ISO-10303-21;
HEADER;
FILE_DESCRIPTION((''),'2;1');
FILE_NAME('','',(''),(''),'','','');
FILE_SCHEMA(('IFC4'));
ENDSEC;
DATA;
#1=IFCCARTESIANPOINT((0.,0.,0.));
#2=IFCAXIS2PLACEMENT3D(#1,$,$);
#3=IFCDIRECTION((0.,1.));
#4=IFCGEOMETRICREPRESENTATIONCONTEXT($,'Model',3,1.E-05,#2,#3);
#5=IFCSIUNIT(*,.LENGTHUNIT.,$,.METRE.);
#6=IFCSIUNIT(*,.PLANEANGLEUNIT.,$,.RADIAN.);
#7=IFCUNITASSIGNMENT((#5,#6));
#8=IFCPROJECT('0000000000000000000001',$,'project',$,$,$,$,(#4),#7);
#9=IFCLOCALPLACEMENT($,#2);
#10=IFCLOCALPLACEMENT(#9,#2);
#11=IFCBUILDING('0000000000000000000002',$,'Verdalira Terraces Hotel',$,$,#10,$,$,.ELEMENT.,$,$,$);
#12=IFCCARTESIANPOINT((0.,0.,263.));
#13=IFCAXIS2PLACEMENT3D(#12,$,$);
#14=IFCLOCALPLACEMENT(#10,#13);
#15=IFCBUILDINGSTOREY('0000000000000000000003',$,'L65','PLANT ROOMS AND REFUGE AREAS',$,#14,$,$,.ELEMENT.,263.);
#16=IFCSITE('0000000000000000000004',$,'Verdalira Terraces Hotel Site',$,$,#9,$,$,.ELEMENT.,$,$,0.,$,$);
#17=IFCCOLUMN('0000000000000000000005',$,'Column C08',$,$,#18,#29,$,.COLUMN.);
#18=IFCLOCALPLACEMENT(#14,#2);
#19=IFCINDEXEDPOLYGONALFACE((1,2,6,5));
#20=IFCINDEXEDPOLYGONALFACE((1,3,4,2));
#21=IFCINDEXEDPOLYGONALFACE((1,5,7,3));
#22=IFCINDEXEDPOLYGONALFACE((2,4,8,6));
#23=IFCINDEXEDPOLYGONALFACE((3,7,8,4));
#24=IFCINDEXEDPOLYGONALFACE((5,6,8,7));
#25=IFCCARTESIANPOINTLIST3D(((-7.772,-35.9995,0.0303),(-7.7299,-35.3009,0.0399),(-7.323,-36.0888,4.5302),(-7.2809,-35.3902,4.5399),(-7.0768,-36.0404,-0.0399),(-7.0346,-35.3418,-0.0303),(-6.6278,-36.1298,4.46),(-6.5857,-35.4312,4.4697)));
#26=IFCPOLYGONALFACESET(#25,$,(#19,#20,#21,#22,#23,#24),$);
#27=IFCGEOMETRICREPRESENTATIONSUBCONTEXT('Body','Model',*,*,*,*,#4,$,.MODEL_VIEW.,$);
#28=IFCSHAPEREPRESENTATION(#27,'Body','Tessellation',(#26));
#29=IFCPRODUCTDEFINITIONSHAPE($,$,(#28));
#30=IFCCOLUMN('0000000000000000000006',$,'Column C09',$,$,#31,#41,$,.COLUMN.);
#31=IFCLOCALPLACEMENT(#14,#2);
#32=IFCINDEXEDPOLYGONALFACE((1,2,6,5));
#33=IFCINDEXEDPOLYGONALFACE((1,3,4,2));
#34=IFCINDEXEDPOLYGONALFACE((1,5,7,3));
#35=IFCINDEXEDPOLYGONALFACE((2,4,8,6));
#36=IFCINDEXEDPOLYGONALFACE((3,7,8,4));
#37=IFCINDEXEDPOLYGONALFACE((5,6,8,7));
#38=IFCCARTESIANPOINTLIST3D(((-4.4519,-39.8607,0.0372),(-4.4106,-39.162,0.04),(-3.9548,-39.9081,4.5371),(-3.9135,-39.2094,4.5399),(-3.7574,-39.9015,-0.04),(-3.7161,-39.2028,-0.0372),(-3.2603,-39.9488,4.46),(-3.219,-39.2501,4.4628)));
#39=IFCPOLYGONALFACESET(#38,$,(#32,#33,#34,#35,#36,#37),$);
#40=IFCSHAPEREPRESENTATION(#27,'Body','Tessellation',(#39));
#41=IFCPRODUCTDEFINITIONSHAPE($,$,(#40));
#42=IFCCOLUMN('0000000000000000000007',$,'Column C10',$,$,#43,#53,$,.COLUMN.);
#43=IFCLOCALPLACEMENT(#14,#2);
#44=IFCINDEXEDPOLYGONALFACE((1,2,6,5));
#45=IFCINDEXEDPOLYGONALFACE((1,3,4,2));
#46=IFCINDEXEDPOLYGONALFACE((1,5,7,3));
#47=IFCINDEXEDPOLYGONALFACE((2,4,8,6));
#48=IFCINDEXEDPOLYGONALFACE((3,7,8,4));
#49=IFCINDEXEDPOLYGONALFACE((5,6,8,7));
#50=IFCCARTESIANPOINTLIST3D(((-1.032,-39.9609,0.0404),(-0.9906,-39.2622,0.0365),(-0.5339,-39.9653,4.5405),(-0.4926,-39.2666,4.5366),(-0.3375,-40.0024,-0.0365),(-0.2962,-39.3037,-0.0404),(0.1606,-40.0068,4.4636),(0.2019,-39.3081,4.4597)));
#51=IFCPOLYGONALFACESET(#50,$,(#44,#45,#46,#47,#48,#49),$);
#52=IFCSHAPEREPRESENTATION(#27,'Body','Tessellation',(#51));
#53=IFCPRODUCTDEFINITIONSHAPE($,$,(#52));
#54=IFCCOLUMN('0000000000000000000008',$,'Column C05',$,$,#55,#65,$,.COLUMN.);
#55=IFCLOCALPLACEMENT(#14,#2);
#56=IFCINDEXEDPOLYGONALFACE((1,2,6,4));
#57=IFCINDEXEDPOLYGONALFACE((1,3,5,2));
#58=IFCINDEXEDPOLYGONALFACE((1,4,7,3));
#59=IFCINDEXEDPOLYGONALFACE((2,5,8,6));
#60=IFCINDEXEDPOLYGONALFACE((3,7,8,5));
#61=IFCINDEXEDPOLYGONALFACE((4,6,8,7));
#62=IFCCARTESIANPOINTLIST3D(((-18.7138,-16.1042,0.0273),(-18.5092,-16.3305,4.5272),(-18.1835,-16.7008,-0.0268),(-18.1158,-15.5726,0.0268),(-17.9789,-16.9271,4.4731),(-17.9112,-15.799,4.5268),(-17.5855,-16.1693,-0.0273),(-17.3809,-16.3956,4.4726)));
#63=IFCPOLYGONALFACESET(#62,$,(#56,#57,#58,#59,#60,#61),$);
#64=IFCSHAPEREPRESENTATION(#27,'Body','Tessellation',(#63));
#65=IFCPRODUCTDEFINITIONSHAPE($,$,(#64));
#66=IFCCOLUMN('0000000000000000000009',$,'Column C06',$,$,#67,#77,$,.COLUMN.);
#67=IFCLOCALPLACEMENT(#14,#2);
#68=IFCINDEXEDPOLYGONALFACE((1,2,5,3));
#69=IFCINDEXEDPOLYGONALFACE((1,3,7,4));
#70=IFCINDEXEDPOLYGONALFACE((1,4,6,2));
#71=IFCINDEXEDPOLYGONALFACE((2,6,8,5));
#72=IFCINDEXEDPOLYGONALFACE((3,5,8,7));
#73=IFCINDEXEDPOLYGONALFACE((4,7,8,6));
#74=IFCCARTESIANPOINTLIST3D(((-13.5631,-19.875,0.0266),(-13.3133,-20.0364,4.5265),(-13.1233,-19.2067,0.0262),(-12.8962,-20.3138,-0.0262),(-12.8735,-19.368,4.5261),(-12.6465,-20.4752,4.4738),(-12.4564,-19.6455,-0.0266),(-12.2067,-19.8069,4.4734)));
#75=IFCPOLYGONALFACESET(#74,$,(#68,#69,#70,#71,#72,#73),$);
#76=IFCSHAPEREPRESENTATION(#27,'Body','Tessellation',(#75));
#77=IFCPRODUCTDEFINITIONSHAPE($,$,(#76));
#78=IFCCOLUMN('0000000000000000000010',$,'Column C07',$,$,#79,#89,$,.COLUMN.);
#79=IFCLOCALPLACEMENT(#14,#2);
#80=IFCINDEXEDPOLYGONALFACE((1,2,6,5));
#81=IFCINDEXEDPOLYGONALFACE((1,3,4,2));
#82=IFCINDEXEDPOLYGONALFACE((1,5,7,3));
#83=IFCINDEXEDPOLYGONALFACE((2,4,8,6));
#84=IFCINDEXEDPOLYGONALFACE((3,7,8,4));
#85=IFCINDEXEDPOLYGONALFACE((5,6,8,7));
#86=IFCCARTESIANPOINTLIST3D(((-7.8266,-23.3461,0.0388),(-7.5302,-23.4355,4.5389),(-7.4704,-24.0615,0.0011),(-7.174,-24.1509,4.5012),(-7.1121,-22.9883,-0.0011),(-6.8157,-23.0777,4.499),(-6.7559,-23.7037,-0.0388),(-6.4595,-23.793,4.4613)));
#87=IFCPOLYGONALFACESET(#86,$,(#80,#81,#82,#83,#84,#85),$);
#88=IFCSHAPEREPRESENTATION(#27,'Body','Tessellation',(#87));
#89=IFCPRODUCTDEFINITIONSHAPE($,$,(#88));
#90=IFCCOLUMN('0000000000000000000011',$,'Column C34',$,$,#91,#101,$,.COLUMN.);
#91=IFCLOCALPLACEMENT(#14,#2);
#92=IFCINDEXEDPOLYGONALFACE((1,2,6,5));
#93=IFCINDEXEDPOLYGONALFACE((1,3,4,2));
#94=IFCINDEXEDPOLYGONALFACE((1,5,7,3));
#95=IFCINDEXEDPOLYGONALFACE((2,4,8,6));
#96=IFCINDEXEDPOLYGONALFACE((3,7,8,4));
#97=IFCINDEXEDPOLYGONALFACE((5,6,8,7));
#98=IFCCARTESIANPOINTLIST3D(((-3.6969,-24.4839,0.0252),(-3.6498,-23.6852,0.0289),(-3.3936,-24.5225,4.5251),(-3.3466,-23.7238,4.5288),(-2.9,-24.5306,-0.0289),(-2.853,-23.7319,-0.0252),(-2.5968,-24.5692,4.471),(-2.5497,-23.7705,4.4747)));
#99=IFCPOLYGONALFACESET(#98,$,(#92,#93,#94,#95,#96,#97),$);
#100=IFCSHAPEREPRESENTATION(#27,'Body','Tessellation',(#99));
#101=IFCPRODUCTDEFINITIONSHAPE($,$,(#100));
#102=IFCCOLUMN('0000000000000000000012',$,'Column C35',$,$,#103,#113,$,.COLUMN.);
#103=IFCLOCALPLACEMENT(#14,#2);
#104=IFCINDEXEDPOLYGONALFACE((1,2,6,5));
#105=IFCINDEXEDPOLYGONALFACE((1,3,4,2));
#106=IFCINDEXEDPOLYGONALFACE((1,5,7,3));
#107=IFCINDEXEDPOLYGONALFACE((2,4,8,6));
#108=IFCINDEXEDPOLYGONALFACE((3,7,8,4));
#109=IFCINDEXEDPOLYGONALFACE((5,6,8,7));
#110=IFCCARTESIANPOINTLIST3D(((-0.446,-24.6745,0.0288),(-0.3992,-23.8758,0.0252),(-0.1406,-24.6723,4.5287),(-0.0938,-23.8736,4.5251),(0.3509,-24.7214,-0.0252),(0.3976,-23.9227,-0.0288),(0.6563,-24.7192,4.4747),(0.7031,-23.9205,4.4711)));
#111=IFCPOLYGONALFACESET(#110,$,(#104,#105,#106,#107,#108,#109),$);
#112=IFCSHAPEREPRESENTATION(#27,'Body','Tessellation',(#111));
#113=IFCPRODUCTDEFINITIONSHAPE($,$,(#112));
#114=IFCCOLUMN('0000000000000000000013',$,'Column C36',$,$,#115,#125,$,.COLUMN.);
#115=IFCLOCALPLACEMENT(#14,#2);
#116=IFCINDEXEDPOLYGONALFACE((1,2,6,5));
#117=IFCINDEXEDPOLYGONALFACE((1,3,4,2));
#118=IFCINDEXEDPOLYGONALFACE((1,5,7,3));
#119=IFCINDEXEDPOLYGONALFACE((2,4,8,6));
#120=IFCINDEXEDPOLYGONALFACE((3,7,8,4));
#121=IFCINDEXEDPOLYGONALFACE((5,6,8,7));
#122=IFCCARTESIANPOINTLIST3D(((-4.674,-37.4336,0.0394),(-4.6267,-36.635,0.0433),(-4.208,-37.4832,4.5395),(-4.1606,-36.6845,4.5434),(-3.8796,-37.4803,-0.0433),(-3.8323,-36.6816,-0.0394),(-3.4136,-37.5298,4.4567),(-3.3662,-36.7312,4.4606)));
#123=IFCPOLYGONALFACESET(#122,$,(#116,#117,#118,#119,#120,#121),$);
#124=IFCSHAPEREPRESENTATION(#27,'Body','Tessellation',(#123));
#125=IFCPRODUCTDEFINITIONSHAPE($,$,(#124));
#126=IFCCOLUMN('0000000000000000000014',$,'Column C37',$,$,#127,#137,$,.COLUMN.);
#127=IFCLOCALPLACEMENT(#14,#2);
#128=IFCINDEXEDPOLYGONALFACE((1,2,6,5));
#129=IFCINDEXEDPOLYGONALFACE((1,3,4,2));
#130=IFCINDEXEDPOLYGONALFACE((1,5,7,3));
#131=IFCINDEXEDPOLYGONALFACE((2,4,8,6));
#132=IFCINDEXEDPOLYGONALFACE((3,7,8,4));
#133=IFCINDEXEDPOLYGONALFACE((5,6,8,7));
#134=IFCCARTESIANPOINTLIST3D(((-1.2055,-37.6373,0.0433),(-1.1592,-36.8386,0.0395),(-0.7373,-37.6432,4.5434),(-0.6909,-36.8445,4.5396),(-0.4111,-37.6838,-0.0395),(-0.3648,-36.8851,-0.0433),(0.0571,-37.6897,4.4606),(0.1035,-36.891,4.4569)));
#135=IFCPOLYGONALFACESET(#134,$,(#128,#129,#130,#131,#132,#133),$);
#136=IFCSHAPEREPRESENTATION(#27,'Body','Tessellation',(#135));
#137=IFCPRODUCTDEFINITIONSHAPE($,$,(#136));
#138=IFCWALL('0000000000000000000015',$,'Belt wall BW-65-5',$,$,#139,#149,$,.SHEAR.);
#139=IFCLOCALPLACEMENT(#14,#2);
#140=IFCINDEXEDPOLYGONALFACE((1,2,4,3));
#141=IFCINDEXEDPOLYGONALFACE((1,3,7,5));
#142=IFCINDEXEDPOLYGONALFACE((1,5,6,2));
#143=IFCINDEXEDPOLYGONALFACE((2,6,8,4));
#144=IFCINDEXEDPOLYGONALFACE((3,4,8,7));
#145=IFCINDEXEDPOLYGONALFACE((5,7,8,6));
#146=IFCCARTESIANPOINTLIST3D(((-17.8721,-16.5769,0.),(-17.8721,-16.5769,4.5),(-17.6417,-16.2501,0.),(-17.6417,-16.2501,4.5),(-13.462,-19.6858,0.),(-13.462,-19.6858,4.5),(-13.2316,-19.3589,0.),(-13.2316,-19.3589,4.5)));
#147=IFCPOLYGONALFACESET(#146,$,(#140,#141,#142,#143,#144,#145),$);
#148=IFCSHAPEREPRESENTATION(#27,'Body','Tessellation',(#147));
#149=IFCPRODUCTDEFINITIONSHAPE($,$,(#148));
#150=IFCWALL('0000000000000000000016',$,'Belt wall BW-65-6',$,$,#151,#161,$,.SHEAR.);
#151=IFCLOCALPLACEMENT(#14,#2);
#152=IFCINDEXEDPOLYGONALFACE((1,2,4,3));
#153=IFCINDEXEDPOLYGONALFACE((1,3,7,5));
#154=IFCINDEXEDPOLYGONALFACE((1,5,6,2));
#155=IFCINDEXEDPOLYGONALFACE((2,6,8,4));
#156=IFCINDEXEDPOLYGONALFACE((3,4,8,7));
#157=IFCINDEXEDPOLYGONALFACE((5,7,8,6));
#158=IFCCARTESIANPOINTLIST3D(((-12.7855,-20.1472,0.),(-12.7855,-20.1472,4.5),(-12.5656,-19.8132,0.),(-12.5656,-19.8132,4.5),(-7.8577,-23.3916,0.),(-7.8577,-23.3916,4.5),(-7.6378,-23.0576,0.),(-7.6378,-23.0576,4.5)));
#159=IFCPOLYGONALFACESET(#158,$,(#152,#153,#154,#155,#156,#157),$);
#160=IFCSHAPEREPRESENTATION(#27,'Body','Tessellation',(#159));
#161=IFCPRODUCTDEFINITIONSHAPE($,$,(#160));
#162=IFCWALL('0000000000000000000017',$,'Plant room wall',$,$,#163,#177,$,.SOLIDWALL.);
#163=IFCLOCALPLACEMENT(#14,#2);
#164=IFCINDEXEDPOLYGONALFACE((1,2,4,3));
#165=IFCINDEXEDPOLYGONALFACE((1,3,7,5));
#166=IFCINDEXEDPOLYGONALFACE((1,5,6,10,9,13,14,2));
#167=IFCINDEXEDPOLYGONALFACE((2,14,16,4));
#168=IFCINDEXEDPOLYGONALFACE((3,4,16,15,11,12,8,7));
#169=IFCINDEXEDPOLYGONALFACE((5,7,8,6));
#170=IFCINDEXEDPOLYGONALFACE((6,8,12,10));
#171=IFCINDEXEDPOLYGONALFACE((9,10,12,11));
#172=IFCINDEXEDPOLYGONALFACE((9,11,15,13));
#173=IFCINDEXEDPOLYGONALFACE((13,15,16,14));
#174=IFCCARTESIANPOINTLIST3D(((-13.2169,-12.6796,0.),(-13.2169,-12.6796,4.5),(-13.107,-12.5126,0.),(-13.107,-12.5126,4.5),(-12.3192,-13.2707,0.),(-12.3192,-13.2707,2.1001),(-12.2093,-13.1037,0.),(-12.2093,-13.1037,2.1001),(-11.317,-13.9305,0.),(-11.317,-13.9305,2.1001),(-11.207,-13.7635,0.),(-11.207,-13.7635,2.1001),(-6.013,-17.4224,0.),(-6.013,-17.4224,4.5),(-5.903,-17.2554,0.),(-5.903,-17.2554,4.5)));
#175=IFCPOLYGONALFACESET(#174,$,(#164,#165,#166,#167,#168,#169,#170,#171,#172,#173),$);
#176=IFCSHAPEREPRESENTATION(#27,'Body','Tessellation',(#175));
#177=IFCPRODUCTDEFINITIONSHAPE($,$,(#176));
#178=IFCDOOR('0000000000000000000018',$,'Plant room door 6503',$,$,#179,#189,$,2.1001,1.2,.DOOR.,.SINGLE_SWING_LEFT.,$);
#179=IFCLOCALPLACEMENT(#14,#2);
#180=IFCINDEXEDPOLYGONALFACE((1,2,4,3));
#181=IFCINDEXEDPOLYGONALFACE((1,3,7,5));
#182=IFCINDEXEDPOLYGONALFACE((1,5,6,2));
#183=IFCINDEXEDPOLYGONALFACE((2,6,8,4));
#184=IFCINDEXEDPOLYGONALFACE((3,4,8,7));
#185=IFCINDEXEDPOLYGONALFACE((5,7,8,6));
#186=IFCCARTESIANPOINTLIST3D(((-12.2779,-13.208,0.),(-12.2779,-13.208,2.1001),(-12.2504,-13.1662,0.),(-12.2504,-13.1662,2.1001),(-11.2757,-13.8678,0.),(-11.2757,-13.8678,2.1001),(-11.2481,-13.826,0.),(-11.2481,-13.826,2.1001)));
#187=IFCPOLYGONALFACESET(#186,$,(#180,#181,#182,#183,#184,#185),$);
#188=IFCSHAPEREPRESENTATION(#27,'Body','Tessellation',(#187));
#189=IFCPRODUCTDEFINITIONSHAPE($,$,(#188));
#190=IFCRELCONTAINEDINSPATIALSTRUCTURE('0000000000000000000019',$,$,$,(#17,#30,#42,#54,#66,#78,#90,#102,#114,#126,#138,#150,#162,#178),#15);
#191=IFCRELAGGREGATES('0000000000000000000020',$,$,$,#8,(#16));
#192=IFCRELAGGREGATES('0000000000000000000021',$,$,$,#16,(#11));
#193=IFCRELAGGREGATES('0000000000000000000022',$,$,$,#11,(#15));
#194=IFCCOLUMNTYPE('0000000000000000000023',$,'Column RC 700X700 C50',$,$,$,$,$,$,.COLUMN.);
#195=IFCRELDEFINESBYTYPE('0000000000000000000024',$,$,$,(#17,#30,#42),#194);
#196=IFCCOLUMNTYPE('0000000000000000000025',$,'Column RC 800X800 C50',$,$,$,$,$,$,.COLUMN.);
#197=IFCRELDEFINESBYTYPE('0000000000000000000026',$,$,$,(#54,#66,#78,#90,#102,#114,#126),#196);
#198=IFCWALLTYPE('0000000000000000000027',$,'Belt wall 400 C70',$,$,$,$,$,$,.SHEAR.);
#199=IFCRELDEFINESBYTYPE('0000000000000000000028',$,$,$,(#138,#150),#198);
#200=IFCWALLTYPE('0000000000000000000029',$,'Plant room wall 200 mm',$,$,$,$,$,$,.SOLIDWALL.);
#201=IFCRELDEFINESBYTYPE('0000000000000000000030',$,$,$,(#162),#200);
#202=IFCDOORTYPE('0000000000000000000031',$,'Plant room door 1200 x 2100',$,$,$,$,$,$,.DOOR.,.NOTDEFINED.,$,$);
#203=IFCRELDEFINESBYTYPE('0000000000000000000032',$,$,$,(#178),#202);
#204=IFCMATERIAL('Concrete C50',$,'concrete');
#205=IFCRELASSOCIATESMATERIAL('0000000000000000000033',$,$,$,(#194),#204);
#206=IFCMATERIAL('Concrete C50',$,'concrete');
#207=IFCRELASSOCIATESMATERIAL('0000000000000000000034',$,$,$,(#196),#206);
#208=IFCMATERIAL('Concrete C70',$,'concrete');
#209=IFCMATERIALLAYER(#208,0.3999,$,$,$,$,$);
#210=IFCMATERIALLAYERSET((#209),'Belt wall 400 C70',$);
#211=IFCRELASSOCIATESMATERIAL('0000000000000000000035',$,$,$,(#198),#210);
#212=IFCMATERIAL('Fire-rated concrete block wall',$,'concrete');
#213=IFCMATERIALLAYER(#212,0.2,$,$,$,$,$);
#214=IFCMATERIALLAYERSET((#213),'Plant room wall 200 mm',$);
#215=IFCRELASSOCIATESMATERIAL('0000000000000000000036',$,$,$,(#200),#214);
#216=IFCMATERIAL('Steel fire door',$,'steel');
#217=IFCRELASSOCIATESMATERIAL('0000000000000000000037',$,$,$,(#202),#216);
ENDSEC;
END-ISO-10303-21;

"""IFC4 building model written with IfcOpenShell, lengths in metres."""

from ifc_helpers import new_model, si_unit, direction, frame, frame_2d, origin, origin_2d, place, context, subcontext, project, spatial, rectangle, extrude, material, layer, layer_set, material_profile, profile_set, type_object, element, fill, save


model = new_model("IFC4")

# Units and contexts
model_context = context("Model", 3, precision=1e-05, world=origin(), true_north=direction((0.0, 1.0)))
body_context = subcontext(model_context, "Body", "Model", "MODEL_VIEW")
ifc_project = project(units=[si_unit("LENGTHUNIT", "METRE"), si_unit("PLANEANGLEUNIT", "RADIAN")], contexts=[model_context])

# Site, building, storey
site_placement = place(None, origin())
site = spatial("IfcSite", under=ifc_project, at=site_placement, Name="Verdalira Terraces Hotel Site", CompositionType="ELEMENT", RefElevation=0.0)
building_placement = place(site_placement, origin())
building = spatial("IfcBuilding", under=site, at=building_placement, Name="Verdalira Terraces Hotel", CompositionType="ELEMENT")
storey_placement = place(building_placement, frame((0.0, 0.0, 263.0)))
storey = spatial("IfcBuildingStorey", under=building, at=storey_placement, Name="L65", Description="PLANT ROOMS AND REFUGE AREAS", CompositionType="ELEMENT", Elevation=263.0)

# Columns
ifc_material_1 = material(Name="Concrete C50", Category="concrete")
ifc_material_profile_1 = material_profile(ifc_material_1, rectangle(XDim=0.7, YDim=0.7, at=origin_2d()), Name="RC 700X700")
ifc_profile_set_1 = profile_set([ifc_material_profile_1], Name="Concrete C50")
column_type_1 = type_object("IfcColumnType", Name="Column RC 700X700 C50", PredefinedType="COLUMN", material=ifc_profile_set_1)
column_1_placement = place(storey_placement, frame((-7.4033, -35.6707, 0.0), z_axis=(0.09926, -0.019755, 0.994865), x_axis=(-0.060182, -0.998092, -0.013814)))
element("IfcColumn", 1, at=column_1_placement, inside=storey, type_object=column_type_1, Name="Column C08", PredefinedType="COLUMN", context=body_context, shape_type="SweptSolid", body=[
    extrude(rectangle(XDim=0.7, YDim=0.7, at=origin_2d()), origin(), (0.0, 0.0, 1.0), 4.5232),
])
for number, where, z_axis, x_axis, name in (
    (2, (-4.084, -39.5317, 0.0), (0.109786, -0.010461, 0.9939), (0.9922, -0.058244, -0.110212), "Column C09"),
    (3, (-0.6641, -39.6323, 0.0), (0.110005, -0.000971, 0.993931), (0.992175, -0.059311, -0.109869), "Column C10"),
):
    element("IfcColumn", number, at=place(storey_placement, frame(where, z_axis=z_axis, x_axis=x_axis)), inside=storey, type_object=column_type_1, Name=name, PredefinedType="COLUMN", context=body_context, shape_type="SweptSolid", body=[
        extrude(rectangle(XDim=0.7, YDim=0.7, at=origin_2d()), origin(), (0.0, 0.0, 1.0), 4.5276),
    ])
ifc_material_2 = material(Name="Concrete C50", Category="concrete")
ifc_material_profile_2 = material_profile(ifc_material_2, rectangle(XDim=0.8, YDim=0.8, at=origin_2d()), Name="RC 800X800")
ifc_profile_set_2 = profile_set([ifc_material_profile_2], Name="Concrete C50")
column_type_2 = type_object("IfcColumnType", Name="Column RC 800X800 C50", PredefinedType="COLUMN", material=ifc_profile_set_2)
column_2_placement = place(storey_placement, frame((-18.1497, -16.1367, 0.0), z_axis=(0.04536, -0.050178, 0.99771), x_axis=(-0.662811, 0.745726, 0.067639)))
element("IfcColumn", 4, at=column_2_placement, inside=storey, type_object=column_type_2, Name="Column C05", PredefinedType="COLUMN", context=body_context, shape_type="SweptSolid", body=[
    extrude(rectangle(XDim=0.8, YDim=0.8, at=origin_2d()), origin(), (0.0, 0.0, 1.0), 4.5103),
])
column_3_placement = place(storey_placement, frame((-13.0098, -19.7603, 0.0), z_axis=(0.055381, -0.035784, 0.997824), x_axis=(0.833509, -0.548558, -0.065933)))
element("IfcColumn", 5, at=column_3_placement, inside=storey, type_object=column_type_2, Name="Column C06", PredefinedType="COLUMN", context=body_context, shape_type="SweptSolid", body=[
    extrude(rectangle(XDim=0.8, YDim=0.8, at=origin_2d()), origin(), (0.0, 0.0, 1.0), 4.5098),
])
column_4_placement = place(storey_placement, frame((-7.2913, -23.5249, 0.0), z_axis=(0.065708, -0.01981, 0.997642), x_axis=(-0.445206, 0.89419, 0.047079)))
element("IfcColumn", 6, at=column_4_placement, inside=storey, type_object=column_type_2, Name="Column C07", PredefinedType="COLUMN", context=body_context, shape_type="SweptSolid", body=[
    extrude(rectangle(XDim=0.8, YDim=0.8, at=origin_2d()), origin(), (0.0, 0.0, 1.0), 4.5107),
])
for number, where, z_axis, x_axis, name in (
    (7, (-3.2749, -24.1079, 0.0), (0.067228, -0.008552, 0.997701), (-0.058811, -0.998259, -0.004594), "Column C34"),
    (8, (-0.0242, -24.2986, 0.0), (0.067715, 0.000487, 0.997705), (-0.058495, -0.998278, 0.004458), "Column C35"),
):
    element("IfcColumn", number, at=place(storey_placement, frame(where, z_axis=z_axis, x_axis=x_axis)), inside=storey, type_object=column_type_2, Name=name, PredefinedType="COLUMN", context=body_context, shape_type="SweptSolid", body=[
        extrude(rectangle(XDim=0.8, YDim=0.8, at=origin_2d()), origin(), (0.0, 0.0, 1.0), 4.5103),
    ])
for number, where, z_axis, x_axis, name in (
    (9, (-4.2532, -37.0576, 0.0), (0.103013, -0.010954, 0.99462), (-0.059159, -0.998237, -0.004867), "Column C36"),
    (10, (-0.7852, -37.2612, 0.0), (0.103499, -0.001295, 0.994629), (-0.057939, -0.998309, 0.004729), "Column C37"),
):
    element("IfcColumn", number, at=place(storey_placement, frame(where, z_axis=z_axis, x_axis=x_axis)), inside=storey, type_object=column_type_2, Name=name, PredefinedType="COLUMN", context=body_context, shape_type="SweptSolid", body=[
        extrude(rectangle(XDim=0.8, YDim=0.8, at=origin_2d()), origin(), (0.0, 0.0, 1.0), 4.5244),
    ])

# Walls
ifc_material_3 = material(Name="Concrete C70", Category="concrete")
ifc_layer_1 = layer(ifc_material_3, 0.3999)
ifc_layer_set_1 = layer_set([ifc_layer_1], Name="Belt wall 400 C70")
wall_type_1 = type_object("IfcWallType", Name="Belt wall 400 C70", PredefinedType="SHEAR", material=ifc_layer_set_1)
wall_1_placement = place(storey_placement, frame((-17.7568, -16.4136, 0.0), z_axis=(0.0, 0.0, 1.0), x_axis=(0.817331, -0.576168, 0.0)))
element("IfcWall", 11, at=wall_1_placement, inside=storey, type_object=wall_type_1, Name="Belt wall BW-65-5", PredefinedType="SHEAR", context=body_context, shape_type="SweptSolid", body=[
    extrude(rectangle(XDim=5.3958, YDim=0.3999, at=frame_2d((2.6978, 0.0))), origin(), (0.0, 0.0, 1.0), 4.5),
])
wall_2_placement = place(storey_placement, frame((-12.6755, -19.9802, 0.0), z_axis=(0.0, 0.0, 1.0), x_axis=(0.835226, -0.549907, 0.0)))
element("IfcWall", 12, at=wall_2_placement, inside=storey, type_object=wall_type_1, Name="Belt wall BW-65-6", PredefinedType="SHEAR", context=body_context, shape_type="SweptSolid", body=[
    extrude(rectangle(XDim=5.8999, YDim=0.3999, at=frame_2d((2.95, 0.0))), origin(), (0.0, 0.0, 1.0), 4.5),
])

# Wall, opening, door
ifc_material_4 = material(Name="Fire-rated concrete block wall", Category="concrete")
ifc_layer_2 = layer(ifc_material_4, 0.2)
ifc_layer_set_2 = layer_set([ifc_layer_2], Name="Plant room wall 200 mm")
wall_type_2 = type_object("IfcWallType", Name="Plant room wall 200 mm", PredefinedType="SOLIDWALL", material=ifc_layer_set_2)
wall_3_placement = place(storey_placement, frame((-5.958, -17.3389, 0.0), z_axis=(0.0, 0.0, 1.0), x_axis=(-0.835242, 0.549883, 0.0)))
wall_3 = element("IfcWall", 13, at=wall_3_placement, inside=storey, type_object=wall_type_2, Name="Plant room wall", PredefinedType="SOLIDWALL", context=body_context, shape_type="SweptSolid", body=[
    extrude(rectangle(XDim=8.625, YDim=0.2, at=frame_2d((4.3125, 0.0))), origin(), (0.0, 0.0, 1.0), 4.5),
])
opening_placement = place(wall_3_placement, frame((6.3501, 0.0, 0.0)))
opening = element("IfcOpeningElement", 14, at=opening_placement, cuts=wall_3, PredefinedType="OPENING", context=body_context, shape_type="SweptSolid", body=[
    extrude(rectangle(XDim=1.2, YDim=2.1001, at=frame_2d((0.6001, 1.05))), frame((0.0, 0.1099, 0.0), z_axis=(0.0, -1.0, 0.0), x_axis=(1.0, 0.0, 0.0)), (0.0, 0.0, 1.0), 0.22),
])
ifc_material_5 = material(Name="Steel fire door", Category="steel")
door_type = type_object("IfcDoorType", Name="Plant room door 1200 x 2100", OperationType="NOTDEFINED", PredefinedType="DOOR", material=ifc_material_5)
door_placement = place(opening_placement, origin())
door = element("IfcDoor", 15, at=door_placement, inside=storey, type_object=door_type, Name="Plant room door 6503", OperationType="SINGLE_SWING_LEFT", OverallHeight=2.1001, OverallWidth=1.2, PredefinedType="DOOR", context=body_context, shape_type="SweptSolid", body=[
    extrude(rectangle(XDim=1.2, YDim=2.1001, at=frame_2d((0.6001, 1.05))), frame((0.0, 0.0249, 0.0), z_axis=(0.0, -1.0, 0.0), x_axis=(1.0, 0.0, 0.0)), (0.0, 0.0, 1.0), 0.05),
])
fill(opening, door)

save(model, "model.ifc")
